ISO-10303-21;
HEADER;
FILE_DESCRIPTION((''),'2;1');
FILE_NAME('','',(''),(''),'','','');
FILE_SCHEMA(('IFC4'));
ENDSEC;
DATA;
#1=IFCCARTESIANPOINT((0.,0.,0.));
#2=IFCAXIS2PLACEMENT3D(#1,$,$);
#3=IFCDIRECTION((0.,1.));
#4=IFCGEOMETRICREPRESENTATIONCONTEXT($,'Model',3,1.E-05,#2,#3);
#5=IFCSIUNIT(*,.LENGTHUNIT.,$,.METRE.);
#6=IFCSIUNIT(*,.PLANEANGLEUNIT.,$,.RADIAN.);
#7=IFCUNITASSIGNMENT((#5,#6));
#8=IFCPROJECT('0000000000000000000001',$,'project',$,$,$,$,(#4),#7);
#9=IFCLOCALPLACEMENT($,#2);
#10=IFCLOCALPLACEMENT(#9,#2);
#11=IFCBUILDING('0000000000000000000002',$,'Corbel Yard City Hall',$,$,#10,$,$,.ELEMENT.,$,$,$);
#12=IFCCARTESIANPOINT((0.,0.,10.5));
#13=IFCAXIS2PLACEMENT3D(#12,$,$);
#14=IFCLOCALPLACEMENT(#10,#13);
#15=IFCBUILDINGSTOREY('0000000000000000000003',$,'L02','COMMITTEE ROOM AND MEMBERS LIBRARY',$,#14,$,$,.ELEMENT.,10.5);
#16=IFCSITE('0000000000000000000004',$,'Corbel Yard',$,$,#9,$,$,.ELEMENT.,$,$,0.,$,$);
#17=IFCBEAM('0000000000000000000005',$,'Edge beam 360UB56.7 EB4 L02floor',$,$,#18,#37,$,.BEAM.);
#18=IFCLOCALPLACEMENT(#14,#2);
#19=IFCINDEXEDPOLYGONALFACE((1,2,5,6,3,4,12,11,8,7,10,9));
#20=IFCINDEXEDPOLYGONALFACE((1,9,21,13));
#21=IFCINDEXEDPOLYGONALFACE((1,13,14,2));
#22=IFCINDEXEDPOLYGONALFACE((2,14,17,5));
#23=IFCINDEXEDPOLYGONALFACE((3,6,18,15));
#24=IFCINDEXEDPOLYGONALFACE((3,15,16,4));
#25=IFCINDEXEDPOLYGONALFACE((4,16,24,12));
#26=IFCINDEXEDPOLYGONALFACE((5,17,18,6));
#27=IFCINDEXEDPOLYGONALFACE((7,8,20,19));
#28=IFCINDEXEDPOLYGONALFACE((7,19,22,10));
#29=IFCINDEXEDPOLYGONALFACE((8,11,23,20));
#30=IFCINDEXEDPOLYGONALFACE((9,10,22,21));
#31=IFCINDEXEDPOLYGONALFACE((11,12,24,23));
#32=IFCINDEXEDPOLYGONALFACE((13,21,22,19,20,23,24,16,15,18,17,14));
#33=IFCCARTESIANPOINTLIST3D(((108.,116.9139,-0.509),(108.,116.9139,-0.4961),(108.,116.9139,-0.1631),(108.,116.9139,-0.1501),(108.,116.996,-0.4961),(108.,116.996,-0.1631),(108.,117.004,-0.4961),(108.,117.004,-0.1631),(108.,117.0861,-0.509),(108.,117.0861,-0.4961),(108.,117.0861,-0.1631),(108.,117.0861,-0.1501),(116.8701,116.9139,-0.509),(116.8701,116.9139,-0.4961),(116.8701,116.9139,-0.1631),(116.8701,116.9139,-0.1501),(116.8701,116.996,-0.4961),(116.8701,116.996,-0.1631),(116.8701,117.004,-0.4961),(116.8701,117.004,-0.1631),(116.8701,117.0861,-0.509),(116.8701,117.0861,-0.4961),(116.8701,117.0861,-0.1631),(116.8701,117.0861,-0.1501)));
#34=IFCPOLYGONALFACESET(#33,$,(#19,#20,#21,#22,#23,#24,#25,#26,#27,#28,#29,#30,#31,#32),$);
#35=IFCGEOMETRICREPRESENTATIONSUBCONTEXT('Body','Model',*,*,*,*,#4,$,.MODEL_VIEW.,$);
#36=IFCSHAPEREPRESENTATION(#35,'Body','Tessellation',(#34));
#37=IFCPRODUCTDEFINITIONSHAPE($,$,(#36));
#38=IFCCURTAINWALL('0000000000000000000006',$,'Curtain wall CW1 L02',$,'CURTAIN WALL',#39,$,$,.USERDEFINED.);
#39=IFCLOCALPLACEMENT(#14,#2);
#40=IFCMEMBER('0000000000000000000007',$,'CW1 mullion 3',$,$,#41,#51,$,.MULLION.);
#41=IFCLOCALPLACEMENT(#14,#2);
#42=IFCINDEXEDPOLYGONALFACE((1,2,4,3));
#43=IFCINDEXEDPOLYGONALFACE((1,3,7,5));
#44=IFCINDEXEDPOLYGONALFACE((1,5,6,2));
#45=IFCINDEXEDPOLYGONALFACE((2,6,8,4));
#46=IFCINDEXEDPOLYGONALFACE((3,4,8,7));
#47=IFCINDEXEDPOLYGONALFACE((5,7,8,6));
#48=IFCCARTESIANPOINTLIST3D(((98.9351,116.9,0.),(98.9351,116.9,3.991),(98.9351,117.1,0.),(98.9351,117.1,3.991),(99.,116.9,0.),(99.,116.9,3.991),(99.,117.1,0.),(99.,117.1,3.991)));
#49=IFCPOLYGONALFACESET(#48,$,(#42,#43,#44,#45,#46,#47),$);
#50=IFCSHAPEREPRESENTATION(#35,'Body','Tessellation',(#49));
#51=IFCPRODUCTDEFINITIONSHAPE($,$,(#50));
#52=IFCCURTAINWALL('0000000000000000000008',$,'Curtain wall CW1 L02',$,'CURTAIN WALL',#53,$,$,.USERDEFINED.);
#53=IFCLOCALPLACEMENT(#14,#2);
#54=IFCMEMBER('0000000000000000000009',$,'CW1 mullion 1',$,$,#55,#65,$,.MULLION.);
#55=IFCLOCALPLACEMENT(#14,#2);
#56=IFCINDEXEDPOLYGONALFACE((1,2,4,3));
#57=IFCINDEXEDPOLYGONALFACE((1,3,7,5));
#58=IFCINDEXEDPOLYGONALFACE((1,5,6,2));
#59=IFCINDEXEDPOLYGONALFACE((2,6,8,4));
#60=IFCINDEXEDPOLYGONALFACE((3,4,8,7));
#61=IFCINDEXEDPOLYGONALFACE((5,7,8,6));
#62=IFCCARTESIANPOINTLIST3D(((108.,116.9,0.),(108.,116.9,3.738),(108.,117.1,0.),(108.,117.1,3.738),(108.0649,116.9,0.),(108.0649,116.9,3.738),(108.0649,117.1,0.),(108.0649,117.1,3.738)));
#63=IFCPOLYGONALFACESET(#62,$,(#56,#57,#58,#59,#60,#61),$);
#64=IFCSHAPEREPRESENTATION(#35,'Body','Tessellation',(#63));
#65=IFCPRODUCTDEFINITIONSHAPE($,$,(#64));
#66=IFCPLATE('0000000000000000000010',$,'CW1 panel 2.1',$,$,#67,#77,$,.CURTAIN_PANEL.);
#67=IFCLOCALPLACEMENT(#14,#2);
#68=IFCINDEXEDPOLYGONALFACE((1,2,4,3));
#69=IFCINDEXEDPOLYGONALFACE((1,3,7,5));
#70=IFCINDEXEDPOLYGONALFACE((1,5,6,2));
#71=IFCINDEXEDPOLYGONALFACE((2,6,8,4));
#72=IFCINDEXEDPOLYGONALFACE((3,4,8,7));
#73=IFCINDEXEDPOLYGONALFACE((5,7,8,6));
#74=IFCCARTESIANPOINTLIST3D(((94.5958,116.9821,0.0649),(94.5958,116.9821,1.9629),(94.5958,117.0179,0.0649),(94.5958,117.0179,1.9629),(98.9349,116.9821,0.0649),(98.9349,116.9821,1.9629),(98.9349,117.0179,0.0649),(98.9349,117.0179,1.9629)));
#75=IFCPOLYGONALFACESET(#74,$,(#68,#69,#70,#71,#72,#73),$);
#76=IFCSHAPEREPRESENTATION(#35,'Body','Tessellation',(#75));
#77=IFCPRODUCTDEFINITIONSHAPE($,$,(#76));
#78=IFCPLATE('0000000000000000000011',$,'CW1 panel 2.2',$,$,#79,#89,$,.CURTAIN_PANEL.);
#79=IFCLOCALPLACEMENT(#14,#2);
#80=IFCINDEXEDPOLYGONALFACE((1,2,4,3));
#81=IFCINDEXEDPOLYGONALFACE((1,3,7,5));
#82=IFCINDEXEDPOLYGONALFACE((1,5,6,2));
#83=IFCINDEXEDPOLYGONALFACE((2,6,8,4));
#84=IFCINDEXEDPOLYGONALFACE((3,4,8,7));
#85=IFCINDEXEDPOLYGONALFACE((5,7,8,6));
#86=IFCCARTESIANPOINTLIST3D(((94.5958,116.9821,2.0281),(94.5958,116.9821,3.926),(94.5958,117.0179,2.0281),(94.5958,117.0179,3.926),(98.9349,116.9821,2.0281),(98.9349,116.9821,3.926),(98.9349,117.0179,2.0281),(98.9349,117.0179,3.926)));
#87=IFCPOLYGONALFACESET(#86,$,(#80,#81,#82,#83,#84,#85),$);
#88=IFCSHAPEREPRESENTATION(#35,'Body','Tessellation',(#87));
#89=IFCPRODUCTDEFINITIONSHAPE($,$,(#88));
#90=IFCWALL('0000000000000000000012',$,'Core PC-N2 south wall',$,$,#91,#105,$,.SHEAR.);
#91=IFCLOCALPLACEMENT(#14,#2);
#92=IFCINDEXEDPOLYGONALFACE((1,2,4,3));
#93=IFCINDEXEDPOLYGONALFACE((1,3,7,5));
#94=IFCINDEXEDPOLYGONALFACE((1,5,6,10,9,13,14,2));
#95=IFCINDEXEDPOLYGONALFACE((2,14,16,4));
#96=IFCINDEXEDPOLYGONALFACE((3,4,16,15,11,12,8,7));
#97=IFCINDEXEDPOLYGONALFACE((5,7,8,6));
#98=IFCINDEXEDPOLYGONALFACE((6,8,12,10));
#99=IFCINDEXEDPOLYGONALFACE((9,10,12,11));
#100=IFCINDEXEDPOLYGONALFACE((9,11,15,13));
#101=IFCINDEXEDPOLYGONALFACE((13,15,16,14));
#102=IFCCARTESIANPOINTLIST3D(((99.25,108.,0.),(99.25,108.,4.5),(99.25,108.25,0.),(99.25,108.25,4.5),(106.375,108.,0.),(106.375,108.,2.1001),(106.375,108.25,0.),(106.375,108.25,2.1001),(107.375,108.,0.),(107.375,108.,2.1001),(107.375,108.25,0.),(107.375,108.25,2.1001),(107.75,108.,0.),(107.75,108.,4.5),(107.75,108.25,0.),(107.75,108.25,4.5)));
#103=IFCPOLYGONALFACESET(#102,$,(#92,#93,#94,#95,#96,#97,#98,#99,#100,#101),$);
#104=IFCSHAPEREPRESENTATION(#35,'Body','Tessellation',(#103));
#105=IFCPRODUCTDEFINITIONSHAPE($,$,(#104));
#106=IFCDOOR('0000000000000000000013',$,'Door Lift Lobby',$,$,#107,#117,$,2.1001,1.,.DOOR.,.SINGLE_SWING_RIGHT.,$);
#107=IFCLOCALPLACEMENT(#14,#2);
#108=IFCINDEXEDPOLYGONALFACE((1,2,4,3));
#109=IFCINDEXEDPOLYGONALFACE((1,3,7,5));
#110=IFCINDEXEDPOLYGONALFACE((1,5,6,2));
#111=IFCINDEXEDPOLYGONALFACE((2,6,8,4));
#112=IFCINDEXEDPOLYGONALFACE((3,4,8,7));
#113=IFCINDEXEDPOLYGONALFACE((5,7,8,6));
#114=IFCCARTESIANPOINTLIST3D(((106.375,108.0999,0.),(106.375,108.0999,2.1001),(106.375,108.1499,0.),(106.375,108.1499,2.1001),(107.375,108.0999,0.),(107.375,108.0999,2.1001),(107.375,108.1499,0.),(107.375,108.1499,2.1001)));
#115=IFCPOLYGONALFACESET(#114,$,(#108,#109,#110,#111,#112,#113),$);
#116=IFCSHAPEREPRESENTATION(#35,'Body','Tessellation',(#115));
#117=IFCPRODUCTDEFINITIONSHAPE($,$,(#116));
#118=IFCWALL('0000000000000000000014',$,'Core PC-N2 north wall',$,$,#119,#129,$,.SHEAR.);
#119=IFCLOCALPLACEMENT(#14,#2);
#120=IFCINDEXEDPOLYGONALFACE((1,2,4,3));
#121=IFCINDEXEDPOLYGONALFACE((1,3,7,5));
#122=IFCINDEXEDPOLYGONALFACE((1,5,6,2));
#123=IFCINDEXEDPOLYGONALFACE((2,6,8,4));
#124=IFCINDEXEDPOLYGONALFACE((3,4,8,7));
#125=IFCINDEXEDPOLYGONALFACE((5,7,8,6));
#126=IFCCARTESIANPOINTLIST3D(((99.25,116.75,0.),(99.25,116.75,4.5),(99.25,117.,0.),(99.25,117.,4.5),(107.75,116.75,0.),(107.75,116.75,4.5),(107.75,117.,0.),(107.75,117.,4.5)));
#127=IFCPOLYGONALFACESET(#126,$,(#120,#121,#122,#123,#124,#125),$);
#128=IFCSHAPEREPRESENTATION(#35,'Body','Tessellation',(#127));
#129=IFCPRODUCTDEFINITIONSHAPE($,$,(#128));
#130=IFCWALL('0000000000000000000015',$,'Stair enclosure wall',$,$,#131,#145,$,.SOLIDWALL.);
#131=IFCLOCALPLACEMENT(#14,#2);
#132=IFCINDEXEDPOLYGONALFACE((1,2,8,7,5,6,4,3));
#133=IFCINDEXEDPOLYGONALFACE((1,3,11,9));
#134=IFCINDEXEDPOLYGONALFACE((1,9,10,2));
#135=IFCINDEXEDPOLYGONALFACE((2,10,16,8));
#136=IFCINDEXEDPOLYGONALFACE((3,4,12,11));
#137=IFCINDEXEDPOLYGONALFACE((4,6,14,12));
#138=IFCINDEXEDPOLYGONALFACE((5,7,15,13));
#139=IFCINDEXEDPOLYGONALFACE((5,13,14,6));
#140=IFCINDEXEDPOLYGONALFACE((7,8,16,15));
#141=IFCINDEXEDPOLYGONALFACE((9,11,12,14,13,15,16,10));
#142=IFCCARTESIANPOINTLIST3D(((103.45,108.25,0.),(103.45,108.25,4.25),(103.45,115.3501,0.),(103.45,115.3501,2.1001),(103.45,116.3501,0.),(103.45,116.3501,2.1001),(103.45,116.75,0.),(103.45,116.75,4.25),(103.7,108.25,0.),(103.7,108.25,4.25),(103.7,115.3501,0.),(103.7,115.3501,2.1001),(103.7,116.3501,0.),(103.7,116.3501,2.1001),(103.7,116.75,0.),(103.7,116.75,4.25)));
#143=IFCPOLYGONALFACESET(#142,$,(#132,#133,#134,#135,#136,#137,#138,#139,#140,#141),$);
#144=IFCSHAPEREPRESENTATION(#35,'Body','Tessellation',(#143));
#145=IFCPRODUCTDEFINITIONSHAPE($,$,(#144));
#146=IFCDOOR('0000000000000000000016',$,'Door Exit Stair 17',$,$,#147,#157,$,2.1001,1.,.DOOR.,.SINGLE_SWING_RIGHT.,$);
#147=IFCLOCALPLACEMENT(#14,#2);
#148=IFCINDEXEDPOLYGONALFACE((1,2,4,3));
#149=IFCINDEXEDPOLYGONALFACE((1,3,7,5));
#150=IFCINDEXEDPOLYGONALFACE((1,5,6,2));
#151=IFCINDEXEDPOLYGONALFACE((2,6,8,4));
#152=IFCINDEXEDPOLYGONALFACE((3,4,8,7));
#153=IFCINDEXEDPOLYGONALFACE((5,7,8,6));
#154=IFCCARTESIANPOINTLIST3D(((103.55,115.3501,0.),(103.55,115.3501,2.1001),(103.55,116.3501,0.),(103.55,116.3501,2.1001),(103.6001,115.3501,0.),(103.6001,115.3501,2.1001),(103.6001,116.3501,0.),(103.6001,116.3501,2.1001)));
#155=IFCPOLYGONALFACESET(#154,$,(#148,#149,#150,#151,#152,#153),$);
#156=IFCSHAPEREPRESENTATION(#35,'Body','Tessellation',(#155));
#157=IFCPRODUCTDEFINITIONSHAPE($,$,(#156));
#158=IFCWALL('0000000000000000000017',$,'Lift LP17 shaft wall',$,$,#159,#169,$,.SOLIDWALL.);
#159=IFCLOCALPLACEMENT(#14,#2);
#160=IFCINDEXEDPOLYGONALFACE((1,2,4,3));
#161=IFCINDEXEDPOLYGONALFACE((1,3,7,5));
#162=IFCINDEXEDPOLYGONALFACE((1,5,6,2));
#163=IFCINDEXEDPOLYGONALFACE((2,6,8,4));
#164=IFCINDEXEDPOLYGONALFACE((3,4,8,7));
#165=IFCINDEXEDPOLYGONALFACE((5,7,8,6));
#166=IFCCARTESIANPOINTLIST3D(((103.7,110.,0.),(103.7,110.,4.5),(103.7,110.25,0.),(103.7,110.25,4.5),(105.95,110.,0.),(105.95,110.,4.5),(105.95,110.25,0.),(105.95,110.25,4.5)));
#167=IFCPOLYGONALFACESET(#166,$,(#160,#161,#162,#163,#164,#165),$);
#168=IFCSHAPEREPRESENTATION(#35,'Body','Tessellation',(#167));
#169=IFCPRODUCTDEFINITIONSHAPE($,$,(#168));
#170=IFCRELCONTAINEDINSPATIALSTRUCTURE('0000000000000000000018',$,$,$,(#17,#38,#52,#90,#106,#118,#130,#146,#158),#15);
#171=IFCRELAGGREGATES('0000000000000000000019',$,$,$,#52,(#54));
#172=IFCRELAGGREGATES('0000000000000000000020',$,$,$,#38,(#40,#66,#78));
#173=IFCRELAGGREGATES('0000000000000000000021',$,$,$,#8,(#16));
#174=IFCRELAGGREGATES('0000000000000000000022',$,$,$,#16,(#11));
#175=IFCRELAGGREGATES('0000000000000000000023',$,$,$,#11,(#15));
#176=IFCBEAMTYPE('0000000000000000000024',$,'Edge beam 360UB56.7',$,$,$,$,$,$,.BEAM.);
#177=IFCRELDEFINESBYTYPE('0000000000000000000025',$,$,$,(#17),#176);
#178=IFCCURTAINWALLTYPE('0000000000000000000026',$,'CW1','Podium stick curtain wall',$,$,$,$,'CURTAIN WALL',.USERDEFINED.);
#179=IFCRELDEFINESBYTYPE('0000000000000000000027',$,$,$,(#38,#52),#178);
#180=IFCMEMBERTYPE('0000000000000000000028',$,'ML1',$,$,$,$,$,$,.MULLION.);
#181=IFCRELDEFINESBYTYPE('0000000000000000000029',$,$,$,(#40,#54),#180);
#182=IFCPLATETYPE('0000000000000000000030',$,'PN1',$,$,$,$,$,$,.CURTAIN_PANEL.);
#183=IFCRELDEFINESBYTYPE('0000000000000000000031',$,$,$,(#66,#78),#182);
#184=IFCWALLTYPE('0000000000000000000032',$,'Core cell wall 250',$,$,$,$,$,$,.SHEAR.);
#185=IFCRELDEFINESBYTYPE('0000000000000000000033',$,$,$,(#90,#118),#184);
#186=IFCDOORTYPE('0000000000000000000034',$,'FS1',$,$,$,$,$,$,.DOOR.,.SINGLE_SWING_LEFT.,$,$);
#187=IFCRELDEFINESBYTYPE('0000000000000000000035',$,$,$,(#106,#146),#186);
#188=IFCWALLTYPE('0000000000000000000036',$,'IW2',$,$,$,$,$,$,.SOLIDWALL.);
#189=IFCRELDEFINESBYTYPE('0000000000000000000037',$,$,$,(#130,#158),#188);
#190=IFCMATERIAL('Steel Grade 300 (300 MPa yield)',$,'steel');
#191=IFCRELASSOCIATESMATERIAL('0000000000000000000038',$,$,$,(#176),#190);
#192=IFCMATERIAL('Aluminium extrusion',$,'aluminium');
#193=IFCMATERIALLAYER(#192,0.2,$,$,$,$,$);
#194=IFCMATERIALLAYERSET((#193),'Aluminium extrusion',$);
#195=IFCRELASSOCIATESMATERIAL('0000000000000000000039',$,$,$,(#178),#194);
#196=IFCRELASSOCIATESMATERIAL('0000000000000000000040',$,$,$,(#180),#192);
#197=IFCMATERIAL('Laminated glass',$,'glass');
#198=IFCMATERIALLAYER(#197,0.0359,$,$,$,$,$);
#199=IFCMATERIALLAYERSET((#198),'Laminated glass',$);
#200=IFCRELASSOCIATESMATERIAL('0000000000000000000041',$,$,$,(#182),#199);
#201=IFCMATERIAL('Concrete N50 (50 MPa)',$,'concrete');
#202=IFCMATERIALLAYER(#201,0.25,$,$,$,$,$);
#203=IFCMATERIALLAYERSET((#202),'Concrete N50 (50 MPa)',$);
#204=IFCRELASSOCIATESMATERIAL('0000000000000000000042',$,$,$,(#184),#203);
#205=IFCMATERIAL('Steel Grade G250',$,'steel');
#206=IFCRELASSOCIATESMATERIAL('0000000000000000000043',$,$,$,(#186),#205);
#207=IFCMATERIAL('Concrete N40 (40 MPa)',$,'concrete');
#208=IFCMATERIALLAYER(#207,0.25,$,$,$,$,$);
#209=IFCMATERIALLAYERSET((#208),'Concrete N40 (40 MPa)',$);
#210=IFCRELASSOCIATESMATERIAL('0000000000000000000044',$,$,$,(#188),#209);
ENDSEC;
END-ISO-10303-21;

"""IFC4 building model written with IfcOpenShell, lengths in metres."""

from ifc_helpers import new_model, si_unit, direction, frame, frame_2d, origin, origin_2d, place, context, subcontext, project, spatial, rectangle, i_section, extrude, material, layer, layer_set, material_profile, profile_set, type_object, element, fill, aggregate, save


model = new_model("IFC4")

# Units and contexts
model_context = context("Model", 3, precision=1e-05, world=origin(), true_north=direction((0.0, 1.0)))
body_context = subcontext(model_context, "Body", "Model", "MODEL_VIEW")
ifc_project = project(units=[si_unit("LENGTHUNIT", "METRE"), si_unit("PLANEANGLEUNIT", "RADIAN")], contexts=[model_context])

# Site, building, storey
site_placement = place(None, origin())
site = spatial("IfcSite", under=ifc_project, at=site_placement, Name="Corbel Yard", CompositionType="ELEMENT", RefElevation=0.0)
building_placement = place(site_placement, origin())
building = spatial("IfcBuilding", under=site, at=building_placement, Name="Corbel Yard City Hall", CompositionType="ELEMENT")
storey_placement = place(building_placement, frame((0.0, 0.0, 10.5)))
storey = spatial("IfcBuildingStorey", under=building, at=storey_placement, Name="L02", Description="COMMITTEE ROOM AND MEMBERS LIBRARY", CompositionType="ELEMENT", Elevation=10.5)

# Beam
ifc_material_1 = material(Name="Steel Grade 300 (300 MPa yield)", Category="steel")
ifc_material_profile_1 = material_profile(ifc_material_1, i_section(OverallWidth=0.1721, OverallDepth=0.3589, WebThickness=0.0081, FlangeThickness=0.0129, at=origin_2d()), Name="360UB56.7")
ifc_profile_set_1 = profile_set([ifc_material_profile_1], Name="Steel Grade 300 (300 MPa yield)")
beam_type = type_object("IfcBeamType", Name="Edge beam 360UB56.7", PredefinedType="BEAM", material=ifc_profile_set_1)
beam_placement = place(storey_placement, frame((108.0, 117.0, -0.3296), z_axis=(1.0, 0.0, 0.0), x_axis=(0.0, 1.0, 0.0)))
element("IfcBeam", 1, at=beam_placement, inside=storey, type_object=beam_type, Name="Edge beam 360UB56.7 EB4 L02floor", PredefinedType="BEAM", context=body_context, shape_type="SweptSolid", body=[
    extrude(i_section(OverallWidth=0.1721, OverallDepth=0.3589, WebThickness=0.0081, FlangeThickness=0.0129, at=origin_2d()), origin(), (0.0, 0.0, 1.0), 8.8701),
])

# Curtain walls, members
ifc_material_2 = material(Name="Aluminium extrusion", Category="aluminium")
ifc_layer_1 = layer(ifc_material_2, 0.2)
ifc_layer_set_1 = layer_set([ifc_layer_1], Name="Aluminium extrusion")
curtain_wall_type = type_object("IfcCurtainWallType", Name="CW1", Description="Podium stick curtain wall", ElementType="CURTAIN WALL", PredefinedType="USERDEFINED", material=ifc_layer_set_1)
curtain_wall_1_placement = place(storey_placement, origin())
curtain_wall_1 = element("IfcCurtainWall", 2, at=curtain_wall_1_placement, inside=storey, type_object=curtain_wall_type, Name="Curtain wall CW1 L02", ObjectType="CURTAIN WALL", PredefinedType="USERDEFINED")
ifc_material_profile_2 = material_profile(ifc_material_2, rectangle(XDim=0.2, YDim=0.0649, at=origin_2d()), Name="200x65")
ifc_profile_set_2 = profile_set([ifc_material_profile_2], Name="Aluminium extrusion")
member_type = type_object("IfcMemberType", Name="ML1", PredefinedType="MULLION", material=ifc_profile_set_2)
member_1_placement = place(storey_placement, frame((98.9675, 117.0, 0.0), z_axis=(0.0, 0.0, 1.0), x_axis=(0.0, 1.0, 0.0)))
member_1 = element("IfcMember", 3, at=member_1_placement, type_object=member_type, Name="CW1 mullion 3", PredefinedType="MULLION", context=body_context, shape_type="SweptSolid", body=[
    extrude(rectangle(XDim=0.2, YDim=0.0649, at=origin_2d()), origin(), (0.0, 0.0, 1.0), 3.991),
])
curtain_wall_2_placement = place(storey_placement, origin())
curtain_wall_2 = element("IfcCurtainWall", 4, at=curtain_wall_2_placement, inside=storey, type_object=curtain_wall_type, Name="Curtain wall CW1 L02", ObjectType="CURTAIN WALL", PredefinedType="USERDEFINED")
member_2_placement = place(storey_placement, frame((108.0325, 117.0, 0.0), z_axis=(0.0, 0.0, 1.0), x_axis=(0.0, 1.0, 0.0)))
member_2 = element("IfcMember", 5, at=member_2_placement, type_object=member_type, Name="CW1 mullion 1", PredefinedType="MULLION", context=body_context, shape_type="SweptSolid", body=[
    extrude(rectangle(XDim=0.2, YDim=0.0649, at=origin_2d()), origin(), (0.0, 0.0, 1.0), 3.738),
])
aggregate(curtain_wall_2, [member_2])

# Plates
ifc_material_3 = material(Name="Laminated glass", Category="glass")
ifc_layer_2 = layer(ifc_material_3, 0.0359)
ifc_layer_set_2 = layer_set([ifc_layer_2], Name="Laminated glass")
plate_type = type_object("IfcPlateType", Name="PN1", PredefinedType="CURTAIN_PANEL", material=ifc_layer_set_2)
plate_1_placement = place(storey_placement, frame((96.7654, 117.0, 0.0649), z_axis=(0.0, 0.0, 1.0), x_axis=(1.0, 0.0, 0.0)))
plate_1 = element("IfcPlate", 6, at=plate_1_placement, type_object=plate_type, Name="CW1 panel 2.1", PredefinedType="CURTAIN_PANEL", context=body_context, shape_type="SweptSolid", body=[
    extrude(rectangle(XDim=4.3391, YDim=0.0359, at=origin_2d()), origin(), (0.0, 0.0, 1.0), 1.8979),
])
plate_2_placement = place(storey_placement, frame((96.7654, 117.0, 2.0281), z_axis=(0.0, 0.0, 1.0), x_axis=(1.0, 0.0, 0.0)))
plate_2 = element("IfcPlate", 7, at=plate_2_placement, type_object=plate_type, Name="CW1 panel 2.2", PredefinedType="CURTAIN_PANEL", context=body_context, shape_type="SweptSolid", body=[
    extrude(rectangle(XDim=4.3391, YDim=0.0359, at=origin_2d()), origin(), (0.0, 0.0, 1.0), 1.8979),
])
aggregate(curtain_wall_1, [member_1, plate_1, plate_2])

# Wall, opening, door
ifc_material_4 = material(Name="Concrete N50 (50 MPa)", Category="concrete")
ifc_layer_3 = layer(ifc_material_4, 0.25)
ifc_layer_set_3 = layer_set([ifc_layer_3], Name="Concrete N50 (50 MPa)")
wall_type_1 = type_object("IfcWallType", Name="Core cell wall 250", PredefinedType="SHEAR", material=ifc_layer_set_3)
wall_1_placement = place(storey_placement, frame((99.25, 108.125, 0.0), z_axis=(0.0, 0.0, 1.0), x_axis=(1.0, 0.0, 0.0)))
wall_1 = element("IfcWall", 8, at=wall_1_placement, inside=storey, type_object=wall_type_1, Name="Core PC-N2 south wall", PredefinedType="SHEAR", context=body_context, shape_type="SweptSolid", body=[
    extrude(rectangle(XDim=8.5, YDim=0.25, at=frame_2d((4.25, 0.0))), origin(), (0.0, 0.0, 1.0), 4.5),
])
opening_1_placement = place(wall_1_placement, frame((7.125, 0.0, 0.0)))
opening_1 = element("IfcOpeningElement", 9, at=opening_1_placement, cuts=wall_1, PredefinedType="OPENING", context=body_context, shape_type="SweptSolid", body=[
    extrude(rectangle(XDim=1.0, YDim=2.1001, at=frame_2d((0.5, 1.05))), frame((0.0, 0.135, 0.0), z_axis=(0.0, -1.0, 0.0), x_axis=(1.0, 0.0, 0.0)), (0.0, 0.0, 1.0), 0.27),
])
ifc_material_5 = material(Name="Steel Grade G250", Category="steel")
door_type_1 = type_object("IfcDoorType", Name="FS1", OperationType="SINGLE_SWING_LEFT", PredefinedType="DOOR", material=ifc_material_5)
door_1_placement = place(opening_1_placement, origin())
door_1 = element("IfcDoor", 10, at=door_1_placement, inside=storey, type_object=door_type_1, Name="Door Lift Lobby", OperationType="SINGLE_SWING_RIGHT", OverallHeight=2.1001, OverallWidth=1.0, PredefinedType="DOOR", context=body_context, shape_type="SweptSolid", body=[
    extrude(rectangle(XDim=1.0, YDim=2.1001, at=frame_2d((0.5, 1.05))), frame((0.0, 0.0249, 0.0), z_axis=(0.0, -1.0, 0.0), x_axis=(1.0, 0.0, 0.0)), (0.0, 0.0, 1.0), 0.05),
])
fill(opening_1, door_1)

# Wall
wall_2_placement = place(storey_placement, frame((99.25, 116.875, 0.0), z_axis=(0.0, 0.0, 1.0), x_axis=(1.0, 0.0, 0.0)))
element("IfcWall", 11, at=wall_2_placement, inside=storey, type_object=wall_type_1, Name="Core PC-N2 north wall", PredefinedType="SHEAR", context=body_context, shape_type="SweptSolid", body=[
    extrude(rectangle(XDim=8.5, YDim=0.25, at=frame_2d((4.25, 0.0))), origin(), (0.0, 0.0, 1.0), 4.5),
])

# Wall, opening, door
ifc_material_6 = material(Name="Concrete N40 (40 MPa)", Category="concrete")
ifc_layer_4 = layer(ifc_material_6, 0.25)
ifc_layer_set_4 = layer_set([ifc_layer_4], Name="Concrete N40 (40 MPa)")
wall_type_2 = type_object("IfcWallType", Name="IW2", PredefinedType="SOLIDWALL", material=ifc_layer_set_4)
wall_3_placement = place(storey_placement, frame((103.575, 116.75, 0.0), z_axis=(0.0, 0.0, 1.0), x_axis=(0.0, -1.0, 0.0)))
wall_3 = element("IfcWall", 12, at=wall_3_placement, inside=storey, type_object=wall_type_2, Name="Stair enclosure wall", PredefinedType="SOLIDWALL", context=body_context, shape_type="SweptSolid", body=[
    extrude(rectangle(XDim=8.5, YDim=0.25, at=frame_2d((4.25, 0.0))), origin(), (0.0, 0.0, 1.0), 4.25),
])
opening_2_placement = place(wall_3_placement, frame((0.3999, 0.0, 0.0)))
opening_2 = element("IfcOpeningElement", 13, at=opening_2_placement, cuts=wall_3, PredefinedType="OPENING", context=body_context, shape_type="SweptSolid", body=[
    extrude(rectangle(XDim=1.0, YDim=2.1001, at=frame_2d((0.5, 1.05))), frame((0.0, 0.135, 0.0), z_axis=(0.0, -1.0, 0.0), x_axis=(1.0, 0.0, 0.0)), (0.0, 0.0, 1.0), 0.27),
])
door_2_placement = place(opening_2_placement, frame((1.0, 0.0, 0.0), z_axis=(0.0, 0.0, 1.0), x_axis=(-1.0, 0.0, 0.0)))
door_2 = element("IfcDoor", 14, at=door_2_placement, inside=storey, type_object=door_type_1, Name="Door Exit Stair 17", OperationType="SINGLE_SWING_RIGHT", OverallHeight=2.1001, OverallWidth=1.0, PredefinedType="DOOR", context=body_context, shape_type="SweptSolid", body=[
    extrude(rectangle(XDim=1.0, YDim=2.1001, at=frame_2d((0.5, 1.05))), frame((0.0, 0.0249, 0.0), z_axis=(0.0, -1.0, 0.0), x_axis=(1.0, 0.0, 0.0)), (0.0, 0.0, 1.0), 0.05),
])
fill(opening_2, door_2)

# Wall
wall_4_placement = place(storey_placement, frame((103.7, 110.125, 0.0), z_axis=(0.0, 0.0, 1.0), x_axis=(1.0, 0.0, 0.0)))
element("IfcWall", 15, at=wall_4_placement, inside=storey, type_object=wall_type_2, Name="Lift LP17 shaft wall", PredefinedType="SOLIDWALL", context=body_context, shape_type="SweptSolid", body=[
    extrude(rectangle(XDim=2.25, YDim=0.25, at=frame_2d((1.125, 0.0))), origin(), (0.0, 0.0, 1.0), 4.5),
])

save(model, "model.ifc")
